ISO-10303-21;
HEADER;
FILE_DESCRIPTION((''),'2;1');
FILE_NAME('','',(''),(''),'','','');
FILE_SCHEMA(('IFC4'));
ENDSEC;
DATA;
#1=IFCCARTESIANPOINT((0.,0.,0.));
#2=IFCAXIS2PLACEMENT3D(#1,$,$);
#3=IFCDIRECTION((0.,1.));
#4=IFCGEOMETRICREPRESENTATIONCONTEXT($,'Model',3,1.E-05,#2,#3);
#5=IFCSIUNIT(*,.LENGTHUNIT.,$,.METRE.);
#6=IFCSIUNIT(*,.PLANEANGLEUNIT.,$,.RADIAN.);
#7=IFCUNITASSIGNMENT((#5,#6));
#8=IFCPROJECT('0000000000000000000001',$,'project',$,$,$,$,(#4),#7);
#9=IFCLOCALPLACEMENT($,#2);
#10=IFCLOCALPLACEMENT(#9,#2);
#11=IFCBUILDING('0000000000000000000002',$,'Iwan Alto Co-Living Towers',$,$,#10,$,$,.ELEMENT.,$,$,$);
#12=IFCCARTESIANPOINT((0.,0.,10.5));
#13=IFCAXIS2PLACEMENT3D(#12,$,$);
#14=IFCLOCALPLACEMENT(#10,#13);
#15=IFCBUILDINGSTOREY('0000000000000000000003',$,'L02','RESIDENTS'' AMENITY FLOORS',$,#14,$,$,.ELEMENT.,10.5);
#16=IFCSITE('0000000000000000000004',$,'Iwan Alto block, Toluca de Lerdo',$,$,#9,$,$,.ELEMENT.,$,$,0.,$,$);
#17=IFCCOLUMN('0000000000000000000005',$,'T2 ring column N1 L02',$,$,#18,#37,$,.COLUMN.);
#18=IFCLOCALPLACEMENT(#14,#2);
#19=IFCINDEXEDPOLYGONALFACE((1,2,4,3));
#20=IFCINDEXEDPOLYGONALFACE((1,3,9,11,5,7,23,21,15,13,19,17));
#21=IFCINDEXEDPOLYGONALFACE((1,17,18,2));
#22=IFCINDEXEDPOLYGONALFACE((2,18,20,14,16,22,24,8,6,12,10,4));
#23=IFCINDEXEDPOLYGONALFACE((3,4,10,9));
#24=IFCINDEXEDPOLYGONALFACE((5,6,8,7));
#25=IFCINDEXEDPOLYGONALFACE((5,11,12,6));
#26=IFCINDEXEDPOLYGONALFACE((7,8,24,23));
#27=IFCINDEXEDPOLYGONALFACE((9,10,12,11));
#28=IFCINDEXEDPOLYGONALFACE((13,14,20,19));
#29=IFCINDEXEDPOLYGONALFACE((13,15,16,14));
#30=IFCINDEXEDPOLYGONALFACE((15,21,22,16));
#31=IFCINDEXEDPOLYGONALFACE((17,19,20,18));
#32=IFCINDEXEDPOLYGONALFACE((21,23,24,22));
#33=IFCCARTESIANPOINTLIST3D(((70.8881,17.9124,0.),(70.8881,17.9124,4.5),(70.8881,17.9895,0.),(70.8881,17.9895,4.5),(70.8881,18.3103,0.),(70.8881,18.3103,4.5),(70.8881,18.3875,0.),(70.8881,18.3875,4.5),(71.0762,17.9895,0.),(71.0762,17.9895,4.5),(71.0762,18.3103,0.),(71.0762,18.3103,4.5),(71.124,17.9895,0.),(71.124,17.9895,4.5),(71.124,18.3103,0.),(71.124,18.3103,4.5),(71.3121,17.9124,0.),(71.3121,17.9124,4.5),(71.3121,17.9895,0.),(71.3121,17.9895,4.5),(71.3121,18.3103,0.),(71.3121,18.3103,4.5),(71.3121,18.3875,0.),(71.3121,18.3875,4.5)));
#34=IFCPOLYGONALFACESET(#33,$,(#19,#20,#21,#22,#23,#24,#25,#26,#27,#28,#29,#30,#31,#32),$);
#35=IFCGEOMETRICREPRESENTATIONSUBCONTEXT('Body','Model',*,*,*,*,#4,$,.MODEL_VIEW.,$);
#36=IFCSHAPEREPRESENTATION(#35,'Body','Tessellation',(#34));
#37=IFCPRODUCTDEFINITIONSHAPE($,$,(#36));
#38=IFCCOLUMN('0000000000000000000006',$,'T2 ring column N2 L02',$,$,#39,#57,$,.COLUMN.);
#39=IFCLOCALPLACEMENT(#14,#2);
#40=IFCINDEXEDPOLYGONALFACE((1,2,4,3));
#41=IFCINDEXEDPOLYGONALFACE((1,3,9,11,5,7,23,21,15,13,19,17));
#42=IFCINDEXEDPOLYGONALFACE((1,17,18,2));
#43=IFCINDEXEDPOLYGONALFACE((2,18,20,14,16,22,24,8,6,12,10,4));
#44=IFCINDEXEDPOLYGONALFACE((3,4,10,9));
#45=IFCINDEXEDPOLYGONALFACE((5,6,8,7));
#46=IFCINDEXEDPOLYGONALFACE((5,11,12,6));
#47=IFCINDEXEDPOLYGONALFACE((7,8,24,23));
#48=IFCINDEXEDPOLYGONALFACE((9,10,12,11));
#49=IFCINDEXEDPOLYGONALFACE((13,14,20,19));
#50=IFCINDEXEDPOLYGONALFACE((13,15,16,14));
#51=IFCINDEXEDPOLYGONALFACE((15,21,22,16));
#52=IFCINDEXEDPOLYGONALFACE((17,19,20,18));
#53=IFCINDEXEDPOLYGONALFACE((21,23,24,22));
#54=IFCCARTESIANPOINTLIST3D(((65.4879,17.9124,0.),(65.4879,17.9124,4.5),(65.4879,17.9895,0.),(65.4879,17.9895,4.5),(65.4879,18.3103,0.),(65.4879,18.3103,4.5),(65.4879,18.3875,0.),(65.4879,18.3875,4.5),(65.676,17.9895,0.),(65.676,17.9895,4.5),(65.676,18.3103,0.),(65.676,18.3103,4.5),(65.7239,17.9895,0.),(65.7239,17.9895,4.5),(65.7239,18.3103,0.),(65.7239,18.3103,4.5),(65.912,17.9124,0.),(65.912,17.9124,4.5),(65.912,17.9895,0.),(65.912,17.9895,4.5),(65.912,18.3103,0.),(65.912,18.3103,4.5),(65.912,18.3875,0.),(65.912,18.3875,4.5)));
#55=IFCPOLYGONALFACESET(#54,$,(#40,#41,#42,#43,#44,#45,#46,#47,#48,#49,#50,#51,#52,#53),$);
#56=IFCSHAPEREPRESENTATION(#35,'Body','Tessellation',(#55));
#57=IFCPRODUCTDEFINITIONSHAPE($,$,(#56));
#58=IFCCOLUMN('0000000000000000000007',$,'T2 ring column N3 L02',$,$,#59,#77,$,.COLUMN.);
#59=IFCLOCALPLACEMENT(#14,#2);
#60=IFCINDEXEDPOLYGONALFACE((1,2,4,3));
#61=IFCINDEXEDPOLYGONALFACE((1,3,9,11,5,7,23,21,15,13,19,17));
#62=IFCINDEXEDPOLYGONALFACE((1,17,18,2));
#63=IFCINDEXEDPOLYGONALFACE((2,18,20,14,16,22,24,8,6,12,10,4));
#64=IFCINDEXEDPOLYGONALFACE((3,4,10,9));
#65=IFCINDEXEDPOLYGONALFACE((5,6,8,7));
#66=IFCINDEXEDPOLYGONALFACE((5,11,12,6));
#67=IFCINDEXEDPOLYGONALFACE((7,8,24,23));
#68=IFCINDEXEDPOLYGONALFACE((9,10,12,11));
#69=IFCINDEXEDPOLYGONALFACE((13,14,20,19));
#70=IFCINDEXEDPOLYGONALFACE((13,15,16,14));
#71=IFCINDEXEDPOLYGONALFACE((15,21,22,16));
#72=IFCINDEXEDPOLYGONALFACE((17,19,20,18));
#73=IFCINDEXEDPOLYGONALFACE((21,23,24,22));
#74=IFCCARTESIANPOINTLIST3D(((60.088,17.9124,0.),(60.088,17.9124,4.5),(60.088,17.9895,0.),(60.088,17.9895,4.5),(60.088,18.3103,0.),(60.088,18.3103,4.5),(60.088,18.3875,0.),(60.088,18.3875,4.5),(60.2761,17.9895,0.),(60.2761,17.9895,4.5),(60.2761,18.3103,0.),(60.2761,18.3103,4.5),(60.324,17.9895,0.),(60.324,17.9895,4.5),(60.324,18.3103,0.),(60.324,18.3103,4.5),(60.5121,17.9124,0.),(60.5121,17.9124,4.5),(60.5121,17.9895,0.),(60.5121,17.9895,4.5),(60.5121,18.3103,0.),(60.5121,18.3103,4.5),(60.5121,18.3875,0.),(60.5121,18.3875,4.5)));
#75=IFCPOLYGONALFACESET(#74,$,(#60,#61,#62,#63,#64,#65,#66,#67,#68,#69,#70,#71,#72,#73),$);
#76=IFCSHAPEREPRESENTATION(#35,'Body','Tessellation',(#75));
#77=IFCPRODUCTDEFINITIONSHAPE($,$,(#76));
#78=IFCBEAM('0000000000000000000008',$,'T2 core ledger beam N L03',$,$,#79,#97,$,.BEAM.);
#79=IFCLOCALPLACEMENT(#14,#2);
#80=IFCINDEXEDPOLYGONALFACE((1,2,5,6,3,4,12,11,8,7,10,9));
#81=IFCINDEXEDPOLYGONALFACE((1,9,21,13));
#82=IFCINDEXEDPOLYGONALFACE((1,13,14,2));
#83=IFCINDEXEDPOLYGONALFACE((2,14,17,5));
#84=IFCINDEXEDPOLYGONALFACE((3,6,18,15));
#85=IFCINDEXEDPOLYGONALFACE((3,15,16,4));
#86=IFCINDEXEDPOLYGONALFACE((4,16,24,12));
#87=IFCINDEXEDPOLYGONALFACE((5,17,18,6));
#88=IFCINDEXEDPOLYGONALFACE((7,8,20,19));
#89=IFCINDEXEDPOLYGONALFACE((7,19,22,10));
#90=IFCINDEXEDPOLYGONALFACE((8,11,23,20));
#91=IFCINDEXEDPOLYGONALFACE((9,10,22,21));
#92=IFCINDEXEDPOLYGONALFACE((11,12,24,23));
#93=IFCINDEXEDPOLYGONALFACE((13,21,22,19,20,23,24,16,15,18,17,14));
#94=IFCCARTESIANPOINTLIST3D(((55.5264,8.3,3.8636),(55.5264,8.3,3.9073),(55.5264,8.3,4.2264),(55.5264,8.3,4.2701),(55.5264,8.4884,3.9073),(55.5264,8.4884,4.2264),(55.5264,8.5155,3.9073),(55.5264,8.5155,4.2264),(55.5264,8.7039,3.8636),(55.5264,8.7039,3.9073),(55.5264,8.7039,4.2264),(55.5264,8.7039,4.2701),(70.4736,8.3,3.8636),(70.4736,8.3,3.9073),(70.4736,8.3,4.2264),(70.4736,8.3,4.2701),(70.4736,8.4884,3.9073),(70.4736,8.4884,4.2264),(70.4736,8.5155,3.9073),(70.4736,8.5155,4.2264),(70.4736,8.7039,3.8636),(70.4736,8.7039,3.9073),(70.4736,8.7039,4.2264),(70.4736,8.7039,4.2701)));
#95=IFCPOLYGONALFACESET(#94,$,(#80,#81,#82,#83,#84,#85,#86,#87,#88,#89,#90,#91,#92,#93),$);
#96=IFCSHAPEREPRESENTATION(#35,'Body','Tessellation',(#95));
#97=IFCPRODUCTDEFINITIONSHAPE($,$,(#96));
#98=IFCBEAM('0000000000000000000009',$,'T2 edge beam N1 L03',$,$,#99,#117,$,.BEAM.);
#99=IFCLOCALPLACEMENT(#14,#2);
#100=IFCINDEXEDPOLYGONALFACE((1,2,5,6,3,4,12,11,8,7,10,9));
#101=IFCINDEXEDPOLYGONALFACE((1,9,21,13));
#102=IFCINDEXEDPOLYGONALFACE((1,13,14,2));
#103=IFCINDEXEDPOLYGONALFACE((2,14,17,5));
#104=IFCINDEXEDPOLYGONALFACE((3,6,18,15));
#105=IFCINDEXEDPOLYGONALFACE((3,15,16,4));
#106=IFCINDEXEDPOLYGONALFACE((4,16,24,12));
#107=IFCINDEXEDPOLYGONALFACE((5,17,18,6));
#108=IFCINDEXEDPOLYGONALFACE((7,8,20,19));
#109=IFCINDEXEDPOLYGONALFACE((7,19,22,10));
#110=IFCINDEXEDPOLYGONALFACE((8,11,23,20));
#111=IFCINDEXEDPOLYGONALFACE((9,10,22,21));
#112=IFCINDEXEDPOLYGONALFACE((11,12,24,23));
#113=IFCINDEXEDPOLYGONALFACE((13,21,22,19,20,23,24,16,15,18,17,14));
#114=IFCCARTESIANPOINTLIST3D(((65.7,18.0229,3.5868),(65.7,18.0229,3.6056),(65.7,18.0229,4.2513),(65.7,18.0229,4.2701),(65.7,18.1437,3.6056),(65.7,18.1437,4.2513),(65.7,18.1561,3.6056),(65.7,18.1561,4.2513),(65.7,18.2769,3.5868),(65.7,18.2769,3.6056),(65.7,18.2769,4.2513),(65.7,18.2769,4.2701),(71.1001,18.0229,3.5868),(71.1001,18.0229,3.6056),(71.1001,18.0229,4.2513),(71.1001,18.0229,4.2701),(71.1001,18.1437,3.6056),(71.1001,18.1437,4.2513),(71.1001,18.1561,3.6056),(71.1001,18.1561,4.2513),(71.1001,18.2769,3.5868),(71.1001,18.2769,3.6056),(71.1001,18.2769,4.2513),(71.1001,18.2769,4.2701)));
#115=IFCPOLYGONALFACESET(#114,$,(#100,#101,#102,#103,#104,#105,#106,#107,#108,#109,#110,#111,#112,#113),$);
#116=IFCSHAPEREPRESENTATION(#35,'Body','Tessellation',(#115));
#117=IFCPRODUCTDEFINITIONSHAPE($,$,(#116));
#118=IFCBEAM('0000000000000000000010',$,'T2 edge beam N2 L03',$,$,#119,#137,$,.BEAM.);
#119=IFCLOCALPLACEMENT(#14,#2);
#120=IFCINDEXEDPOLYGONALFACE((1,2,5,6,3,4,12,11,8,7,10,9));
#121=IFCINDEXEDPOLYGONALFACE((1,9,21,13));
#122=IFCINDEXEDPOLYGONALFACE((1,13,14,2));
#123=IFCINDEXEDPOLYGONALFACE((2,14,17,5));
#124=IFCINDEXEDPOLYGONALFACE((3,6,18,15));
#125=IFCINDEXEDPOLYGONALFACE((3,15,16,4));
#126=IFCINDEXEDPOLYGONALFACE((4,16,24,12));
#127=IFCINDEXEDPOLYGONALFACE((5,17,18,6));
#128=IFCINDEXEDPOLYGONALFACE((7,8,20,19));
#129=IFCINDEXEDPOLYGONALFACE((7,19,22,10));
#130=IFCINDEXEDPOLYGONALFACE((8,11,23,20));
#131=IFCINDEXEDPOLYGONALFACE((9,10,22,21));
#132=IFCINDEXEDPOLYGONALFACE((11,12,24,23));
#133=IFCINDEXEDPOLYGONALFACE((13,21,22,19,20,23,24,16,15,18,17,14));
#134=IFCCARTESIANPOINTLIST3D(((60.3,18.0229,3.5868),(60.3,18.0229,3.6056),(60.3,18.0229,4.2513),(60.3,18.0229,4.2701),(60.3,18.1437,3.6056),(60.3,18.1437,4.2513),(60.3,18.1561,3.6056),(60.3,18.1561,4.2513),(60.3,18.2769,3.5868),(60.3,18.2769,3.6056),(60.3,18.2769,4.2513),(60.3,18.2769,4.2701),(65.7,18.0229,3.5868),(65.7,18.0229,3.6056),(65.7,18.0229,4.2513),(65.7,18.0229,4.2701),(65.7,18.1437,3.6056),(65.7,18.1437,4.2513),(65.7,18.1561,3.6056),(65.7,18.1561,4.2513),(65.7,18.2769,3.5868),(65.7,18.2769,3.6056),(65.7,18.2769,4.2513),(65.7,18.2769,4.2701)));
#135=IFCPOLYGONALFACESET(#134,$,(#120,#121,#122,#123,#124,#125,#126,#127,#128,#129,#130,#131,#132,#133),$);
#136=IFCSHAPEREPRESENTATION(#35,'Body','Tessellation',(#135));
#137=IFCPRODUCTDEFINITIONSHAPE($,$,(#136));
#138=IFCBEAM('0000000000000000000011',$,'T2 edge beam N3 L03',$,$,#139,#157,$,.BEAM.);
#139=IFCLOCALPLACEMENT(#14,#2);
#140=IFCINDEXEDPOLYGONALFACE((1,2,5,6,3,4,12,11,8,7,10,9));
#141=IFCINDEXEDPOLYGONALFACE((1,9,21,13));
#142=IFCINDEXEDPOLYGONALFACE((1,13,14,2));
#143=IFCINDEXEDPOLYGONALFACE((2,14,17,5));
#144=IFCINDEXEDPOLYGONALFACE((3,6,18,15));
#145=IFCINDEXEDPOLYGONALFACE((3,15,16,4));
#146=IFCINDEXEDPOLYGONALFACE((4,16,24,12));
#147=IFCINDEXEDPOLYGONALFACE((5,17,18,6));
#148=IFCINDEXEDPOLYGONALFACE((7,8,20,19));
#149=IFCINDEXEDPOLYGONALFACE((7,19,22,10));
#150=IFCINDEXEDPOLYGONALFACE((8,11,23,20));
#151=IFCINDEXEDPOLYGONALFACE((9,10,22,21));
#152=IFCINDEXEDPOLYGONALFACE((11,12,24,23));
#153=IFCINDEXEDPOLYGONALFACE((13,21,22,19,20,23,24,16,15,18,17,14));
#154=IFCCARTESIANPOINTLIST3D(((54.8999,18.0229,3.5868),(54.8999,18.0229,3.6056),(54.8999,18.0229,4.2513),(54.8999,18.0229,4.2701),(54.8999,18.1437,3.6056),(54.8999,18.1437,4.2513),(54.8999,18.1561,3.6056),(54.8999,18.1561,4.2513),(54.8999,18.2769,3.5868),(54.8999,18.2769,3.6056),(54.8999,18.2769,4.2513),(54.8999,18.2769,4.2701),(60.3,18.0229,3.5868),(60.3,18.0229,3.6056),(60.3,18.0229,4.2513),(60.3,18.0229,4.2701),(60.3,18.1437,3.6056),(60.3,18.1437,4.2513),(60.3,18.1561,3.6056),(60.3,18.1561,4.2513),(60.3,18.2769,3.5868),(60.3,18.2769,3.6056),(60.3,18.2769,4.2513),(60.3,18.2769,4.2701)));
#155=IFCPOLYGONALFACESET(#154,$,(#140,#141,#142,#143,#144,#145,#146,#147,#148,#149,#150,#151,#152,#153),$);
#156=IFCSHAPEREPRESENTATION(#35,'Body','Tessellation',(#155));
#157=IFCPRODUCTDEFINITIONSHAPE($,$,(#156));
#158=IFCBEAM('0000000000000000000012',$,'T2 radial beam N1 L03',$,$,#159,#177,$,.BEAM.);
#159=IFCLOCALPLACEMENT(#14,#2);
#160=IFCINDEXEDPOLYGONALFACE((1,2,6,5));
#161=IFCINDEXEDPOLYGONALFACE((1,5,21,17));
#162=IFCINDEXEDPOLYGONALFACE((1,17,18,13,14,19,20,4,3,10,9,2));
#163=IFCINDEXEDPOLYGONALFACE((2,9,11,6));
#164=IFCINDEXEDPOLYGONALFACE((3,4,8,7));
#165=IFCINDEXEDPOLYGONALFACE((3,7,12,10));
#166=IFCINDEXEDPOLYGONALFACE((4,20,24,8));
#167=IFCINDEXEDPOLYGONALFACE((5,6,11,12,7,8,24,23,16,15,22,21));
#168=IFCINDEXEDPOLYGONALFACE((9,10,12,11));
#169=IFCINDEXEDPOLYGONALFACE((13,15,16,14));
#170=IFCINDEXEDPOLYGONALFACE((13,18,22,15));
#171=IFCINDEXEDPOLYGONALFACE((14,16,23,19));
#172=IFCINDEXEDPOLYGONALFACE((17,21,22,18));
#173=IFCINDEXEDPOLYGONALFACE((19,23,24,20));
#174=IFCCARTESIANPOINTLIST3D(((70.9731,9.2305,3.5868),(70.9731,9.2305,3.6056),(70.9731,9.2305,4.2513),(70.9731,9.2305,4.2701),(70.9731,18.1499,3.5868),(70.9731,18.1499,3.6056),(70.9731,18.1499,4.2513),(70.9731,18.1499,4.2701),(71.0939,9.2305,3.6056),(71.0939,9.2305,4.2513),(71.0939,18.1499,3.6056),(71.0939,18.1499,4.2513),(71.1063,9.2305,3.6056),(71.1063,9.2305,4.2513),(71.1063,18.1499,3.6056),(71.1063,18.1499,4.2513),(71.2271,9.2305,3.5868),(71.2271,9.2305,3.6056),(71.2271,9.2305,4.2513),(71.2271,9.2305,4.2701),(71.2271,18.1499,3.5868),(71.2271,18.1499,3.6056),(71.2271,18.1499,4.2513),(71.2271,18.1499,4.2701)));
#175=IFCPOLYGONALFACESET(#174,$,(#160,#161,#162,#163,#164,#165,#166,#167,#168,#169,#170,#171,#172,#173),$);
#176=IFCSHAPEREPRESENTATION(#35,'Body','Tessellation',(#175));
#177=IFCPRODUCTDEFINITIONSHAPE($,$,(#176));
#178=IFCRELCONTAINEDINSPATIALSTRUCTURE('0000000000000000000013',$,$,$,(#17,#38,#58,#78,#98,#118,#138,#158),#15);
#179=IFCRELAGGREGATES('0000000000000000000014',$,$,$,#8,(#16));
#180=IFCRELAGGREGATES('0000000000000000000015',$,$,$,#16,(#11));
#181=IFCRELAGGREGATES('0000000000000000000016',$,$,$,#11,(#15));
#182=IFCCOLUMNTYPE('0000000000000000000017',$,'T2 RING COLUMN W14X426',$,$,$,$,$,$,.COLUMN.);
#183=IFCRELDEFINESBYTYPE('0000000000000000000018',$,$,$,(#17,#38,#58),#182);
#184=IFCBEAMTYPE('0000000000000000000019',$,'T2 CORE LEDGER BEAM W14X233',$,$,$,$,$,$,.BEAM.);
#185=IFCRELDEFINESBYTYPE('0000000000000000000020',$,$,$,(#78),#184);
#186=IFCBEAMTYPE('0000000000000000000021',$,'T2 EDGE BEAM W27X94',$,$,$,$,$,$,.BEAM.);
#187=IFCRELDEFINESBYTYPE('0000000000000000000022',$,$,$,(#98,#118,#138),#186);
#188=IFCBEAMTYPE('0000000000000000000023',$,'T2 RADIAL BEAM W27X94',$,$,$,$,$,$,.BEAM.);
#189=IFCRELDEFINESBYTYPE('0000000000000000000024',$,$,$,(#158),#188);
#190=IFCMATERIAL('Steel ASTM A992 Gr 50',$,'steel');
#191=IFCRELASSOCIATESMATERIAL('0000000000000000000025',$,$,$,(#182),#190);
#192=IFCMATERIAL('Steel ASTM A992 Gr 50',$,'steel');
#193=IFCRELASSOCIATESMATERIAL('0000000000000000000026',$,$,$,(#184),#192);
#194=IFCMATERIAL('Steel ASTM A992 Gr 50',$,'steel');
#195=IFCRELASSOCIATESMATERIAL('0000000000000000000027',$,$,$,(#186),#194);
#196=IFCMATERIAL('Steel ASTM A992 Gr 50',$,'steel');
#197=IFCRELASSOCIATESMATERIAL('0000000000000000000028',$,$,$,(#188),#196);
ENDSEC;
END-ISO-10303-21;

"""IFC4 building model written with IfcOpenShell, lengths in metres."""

from ifc_helpers import new_model, si_unit, direction, frame, origin, origin_2d, place, context, subcontext, project, spatial, i_section, extrude, material, material_profile, profile_set, type_object, element, save


model = new_model("IFC4")

# Units and contexts
model_context = context("Model", 3, precision=1e-05, world=origin(), true_north=direction((0.0, 1.0)))
body_context = subcontext(model_context, "Body", "Model", "MODEL_VIEW")
ifc_project = project(units=[si_unit("LENGTHUNIT", "METRE"), si_unit("PLANEANGLEUNIT", "RADIAN")], contexts=[model_context])

# Site, building, storey
site_placement = place(None, origin())
site = spatial("IfcSite", under=ifc_project, at=site_placement, Name="Iwan Alto block, Toluca de Lerdo", CompositionType="ELEMENT", RefElevation=0.0)
building_placement = place(site_placement, origin())
building = spatial("IfcBuilding", under=site, at=building_placement, Name="Iwan Alto Co-Living Towers", CompositionType="ELEMENT")
storey_placement = place(building_placement, frame((0.0, 0.0, 10.5)))
storey = spatial("IfcBuildingStorey", under=building, at=storey_placement, Name="L02", Description="RESIDENTS' AMENITY FLOORS", CompositionType="ELEMENT", Elevation=10.5)

# Columns
ifc_material_1 = material(Name="Steel ASTM A992 Gr 50", Category="steel")
ifc_material_profile_1 = material_profile(ifc_material_1, i_section(OverallWidth=0.4241, OverallDepth=0.4751, WebThickness=0.0479, FlangeThickness=0.0771, at=origin_2d()), Name="W14X426")
ifc_profile_set_1 = profile_set([ifc_material_profile_1], Name="Steel ASTM A992 Gr 50")
column_type = type_object("IfcColumnType", Name="T2 RING COLUMN W14X426", PredefinedType="COLUMN", material=ifc_profile_set_1)
for number, where, z_axis, x_axis, name in (
    (1, (71.1001, 18.1499, 0.0), (0.0, 0.0, 1.0), (1.0, 0.0, 0.0), "T2 ring column N1 L02"),
    (2, (65.7, 18.1499, 0.0), (0.0, 0.0, 1.0), (1.0, 0.0, 0.0), "T2 ring column N2 L02"),
    (3, (60.3, 18.1499, 0.0), (0.0, 0.0, 1.0), (1.0, 0.0, 0.0), "T2 ring column N3 L02"),
):
    element("IfcColumn", number, at=place(storey_placement, frame(where, z_axis=z_axis, x_axis=x_axis)), inside=storey, type_object=column_type, Name=name, PredefinedType="COLUMN", context=body_context, shape_type="SweptSolid", body=[
        extrude(i_section(OverallWidth=0.4241, OverallDepth=0.4751, WebThickness=0.0479, FlangeThickness=0.0771, at=origin_2d()), origin(), (0.0, 0.0, 1.0), 4.5),
    ])

# Beams
ifc_material_2 = material(Name="Steel ASTM A992 Gr 50", Category="steel")
ifc_material_profile_2 = material_profile(ifc_material_2, i_section(OverallWidth=0.4038, OverallDepth=0.4065, WebThickness=0.0271, FlangeThickness=0.0437, at=origin_2d()), Name="W14X233")
ifc_profile_set_2 = profile_set([ifc_material_profile_2], Name="Steel ASTM A992 Gr 50")
beam_type_1 = type_object("IfcBeamType", Name="T2 CORE LEDGER BEAM W14X233", PredefinedType="BEAM", material=ifc_profile_set_2)
beam_1_placement = place(storey_placement, frame((70.4736, 8.502, 4.0669), z_axis=(-1.0, 0.0, 0.0), x_axis=(0.0, -1.0, 0.0)))
element("IfcBeam", 4, at=beam_1_placement, inside=storey, type_object=beam_type_1, Name="T2 core ledger beam N L03", PredefinedType="BEAM", context=body_context, shape_type="SweptSolid", body=[
    extrude(i_section(OverallWidth=0.4038, OverallDepth=0.4065, WebThickness=0.0271, FlangeThickness=0.0437, at=origin_2d()), origin(), (0.0, 0.0, 1.0), 14.9473),
])
ifc_material_3 = material(Name="Steel ASTM A992 Gr 50", Category="steel")
ifc_material_profile_3 = material_profile(ifc_material_3, i_section(OverallWidth=0.2539, OverallDepth=0.6833, WebThickness=0.0125, FlangeThickness=0.0188, at=origin_2d()), Name="W27X94")
ifc_profile_set_3 = profile_set([ifc_material_profile_3], Name="Steel ASTM A992 Gr 50")
beam_type_2 = type_object("IfcBeamType", Name="T2 EDGE BEAM W27X94", PredefinedType="BEAM", material=ifc_profile_set_3)
beam_2_placement = place(storey_placement, frame((71.1001, 18.1499, 3.9285), z_axis=(-1.0, 0.0, 0.0), x_axis=(0.0, -1.0, 0.0)))
element("IfcBeam", 5, at=beam_2_placement, inside=storey, type_object=beam_type_2, Name="T2 edge beam N1 L03", PredefinedType="BEAM", context=body_context, shape_type="SweptSolid", body=[
    extrude(i_section(OverallWidth=0.2539, OverallDepth=0.6833, WebThickness=0.0125, FlangeThickness=0.0188, at=origin_2d()), origin(), (0.0, 0.0, 1.0), 5.4001),
])
beam_3_placement = place(storey_placement, frame((65.7, 18.1499, 3.9285), z_axis=(-1.0, 0.0, 0.0), x_axis=(0.0, -1.0, 0.0)))
element("IfcBeam", 6, at=beam_3_placement, inside=storey, type_object=beam_type_2, Name="T2 edge beam N2 L03", PredefinedType="BEAM", context=body_context, shape_type="SweptSolid", body=[
    extrude(i_section(OverallWidth=0.2539, OverallDepth=0.6833, WebThickness=0.0125, FlangeThickness=0.0188, at=origin_2d()), origin(), (0.0, 0.0, 1.0), 5.3999),
])
beam_4_placement = place(storey_placement, frame((60.3, 18.1499, 3.9285), z_axis=(-1.0, 0.0, 0.0), x_axis=(0.0, -1.0, 0.0)))
element("IfcBeam", 7, at=beam_4_placement, inside=storey, type_object=beam_type_2, Name="T2 edge beam N3 L03", PredefinedType="BEAM", context=body_context, shape_type="SweptSolid", body=[
    extrude(i_section(OverallWidth=0.2539, OverallDepth=0.6833, WebThickness=0.0125, FlangeThickness=0.0188, at=origin_2d()), origin(), (0.0, 0.0, 1.0), 5.4001),
])
ifc_material_4 = material(Name="Steel ASTM A992 Gr 50", Category="steel")
ifc_material_profile_4 = material_profile(ifc_material_4, i_section(OverallWidth=0.2539, OverallDepth=0.6833, WebThickness=0.0125, FlangeThickness=0.0188, at=origin_2d()), Name="W27X94")
ifc_profile_set_4 = profile_set([ifc_material_profile_4], Name="Steel ASTM A992 Gr 50")
beam_type_3 = type_object("IfcBeamType", Name="T2 RADIAL BEAM W27X94", PredefinedType="BEAM", material=ifc_profile_set_4)
beam_5_placement = place(storey_placement, frame((71.1001, 18.1499, 3.9285), z_axis=(0.0, -1.0, 0.0), x_axis=(1.0, 0.0, 0.0)))
element("IfcBeam", 8, at=beam_5_placement, inside=storey, type_object=beam_type_3, Name="T2 radial beam N1 L03", PredefinedType="BEAM", context=body_context, shape_type="SweptSolid", body=[
    extrude(i_section(OverallWidth=0.2539, OverallDepth=0.6833, WebThickness=0.0125, FlangeThickness=0.0188, at=origin_2d()), origin(), (0.0, 0.0, 1.0), 8.9194),
])

save(model, "model.ifc")
